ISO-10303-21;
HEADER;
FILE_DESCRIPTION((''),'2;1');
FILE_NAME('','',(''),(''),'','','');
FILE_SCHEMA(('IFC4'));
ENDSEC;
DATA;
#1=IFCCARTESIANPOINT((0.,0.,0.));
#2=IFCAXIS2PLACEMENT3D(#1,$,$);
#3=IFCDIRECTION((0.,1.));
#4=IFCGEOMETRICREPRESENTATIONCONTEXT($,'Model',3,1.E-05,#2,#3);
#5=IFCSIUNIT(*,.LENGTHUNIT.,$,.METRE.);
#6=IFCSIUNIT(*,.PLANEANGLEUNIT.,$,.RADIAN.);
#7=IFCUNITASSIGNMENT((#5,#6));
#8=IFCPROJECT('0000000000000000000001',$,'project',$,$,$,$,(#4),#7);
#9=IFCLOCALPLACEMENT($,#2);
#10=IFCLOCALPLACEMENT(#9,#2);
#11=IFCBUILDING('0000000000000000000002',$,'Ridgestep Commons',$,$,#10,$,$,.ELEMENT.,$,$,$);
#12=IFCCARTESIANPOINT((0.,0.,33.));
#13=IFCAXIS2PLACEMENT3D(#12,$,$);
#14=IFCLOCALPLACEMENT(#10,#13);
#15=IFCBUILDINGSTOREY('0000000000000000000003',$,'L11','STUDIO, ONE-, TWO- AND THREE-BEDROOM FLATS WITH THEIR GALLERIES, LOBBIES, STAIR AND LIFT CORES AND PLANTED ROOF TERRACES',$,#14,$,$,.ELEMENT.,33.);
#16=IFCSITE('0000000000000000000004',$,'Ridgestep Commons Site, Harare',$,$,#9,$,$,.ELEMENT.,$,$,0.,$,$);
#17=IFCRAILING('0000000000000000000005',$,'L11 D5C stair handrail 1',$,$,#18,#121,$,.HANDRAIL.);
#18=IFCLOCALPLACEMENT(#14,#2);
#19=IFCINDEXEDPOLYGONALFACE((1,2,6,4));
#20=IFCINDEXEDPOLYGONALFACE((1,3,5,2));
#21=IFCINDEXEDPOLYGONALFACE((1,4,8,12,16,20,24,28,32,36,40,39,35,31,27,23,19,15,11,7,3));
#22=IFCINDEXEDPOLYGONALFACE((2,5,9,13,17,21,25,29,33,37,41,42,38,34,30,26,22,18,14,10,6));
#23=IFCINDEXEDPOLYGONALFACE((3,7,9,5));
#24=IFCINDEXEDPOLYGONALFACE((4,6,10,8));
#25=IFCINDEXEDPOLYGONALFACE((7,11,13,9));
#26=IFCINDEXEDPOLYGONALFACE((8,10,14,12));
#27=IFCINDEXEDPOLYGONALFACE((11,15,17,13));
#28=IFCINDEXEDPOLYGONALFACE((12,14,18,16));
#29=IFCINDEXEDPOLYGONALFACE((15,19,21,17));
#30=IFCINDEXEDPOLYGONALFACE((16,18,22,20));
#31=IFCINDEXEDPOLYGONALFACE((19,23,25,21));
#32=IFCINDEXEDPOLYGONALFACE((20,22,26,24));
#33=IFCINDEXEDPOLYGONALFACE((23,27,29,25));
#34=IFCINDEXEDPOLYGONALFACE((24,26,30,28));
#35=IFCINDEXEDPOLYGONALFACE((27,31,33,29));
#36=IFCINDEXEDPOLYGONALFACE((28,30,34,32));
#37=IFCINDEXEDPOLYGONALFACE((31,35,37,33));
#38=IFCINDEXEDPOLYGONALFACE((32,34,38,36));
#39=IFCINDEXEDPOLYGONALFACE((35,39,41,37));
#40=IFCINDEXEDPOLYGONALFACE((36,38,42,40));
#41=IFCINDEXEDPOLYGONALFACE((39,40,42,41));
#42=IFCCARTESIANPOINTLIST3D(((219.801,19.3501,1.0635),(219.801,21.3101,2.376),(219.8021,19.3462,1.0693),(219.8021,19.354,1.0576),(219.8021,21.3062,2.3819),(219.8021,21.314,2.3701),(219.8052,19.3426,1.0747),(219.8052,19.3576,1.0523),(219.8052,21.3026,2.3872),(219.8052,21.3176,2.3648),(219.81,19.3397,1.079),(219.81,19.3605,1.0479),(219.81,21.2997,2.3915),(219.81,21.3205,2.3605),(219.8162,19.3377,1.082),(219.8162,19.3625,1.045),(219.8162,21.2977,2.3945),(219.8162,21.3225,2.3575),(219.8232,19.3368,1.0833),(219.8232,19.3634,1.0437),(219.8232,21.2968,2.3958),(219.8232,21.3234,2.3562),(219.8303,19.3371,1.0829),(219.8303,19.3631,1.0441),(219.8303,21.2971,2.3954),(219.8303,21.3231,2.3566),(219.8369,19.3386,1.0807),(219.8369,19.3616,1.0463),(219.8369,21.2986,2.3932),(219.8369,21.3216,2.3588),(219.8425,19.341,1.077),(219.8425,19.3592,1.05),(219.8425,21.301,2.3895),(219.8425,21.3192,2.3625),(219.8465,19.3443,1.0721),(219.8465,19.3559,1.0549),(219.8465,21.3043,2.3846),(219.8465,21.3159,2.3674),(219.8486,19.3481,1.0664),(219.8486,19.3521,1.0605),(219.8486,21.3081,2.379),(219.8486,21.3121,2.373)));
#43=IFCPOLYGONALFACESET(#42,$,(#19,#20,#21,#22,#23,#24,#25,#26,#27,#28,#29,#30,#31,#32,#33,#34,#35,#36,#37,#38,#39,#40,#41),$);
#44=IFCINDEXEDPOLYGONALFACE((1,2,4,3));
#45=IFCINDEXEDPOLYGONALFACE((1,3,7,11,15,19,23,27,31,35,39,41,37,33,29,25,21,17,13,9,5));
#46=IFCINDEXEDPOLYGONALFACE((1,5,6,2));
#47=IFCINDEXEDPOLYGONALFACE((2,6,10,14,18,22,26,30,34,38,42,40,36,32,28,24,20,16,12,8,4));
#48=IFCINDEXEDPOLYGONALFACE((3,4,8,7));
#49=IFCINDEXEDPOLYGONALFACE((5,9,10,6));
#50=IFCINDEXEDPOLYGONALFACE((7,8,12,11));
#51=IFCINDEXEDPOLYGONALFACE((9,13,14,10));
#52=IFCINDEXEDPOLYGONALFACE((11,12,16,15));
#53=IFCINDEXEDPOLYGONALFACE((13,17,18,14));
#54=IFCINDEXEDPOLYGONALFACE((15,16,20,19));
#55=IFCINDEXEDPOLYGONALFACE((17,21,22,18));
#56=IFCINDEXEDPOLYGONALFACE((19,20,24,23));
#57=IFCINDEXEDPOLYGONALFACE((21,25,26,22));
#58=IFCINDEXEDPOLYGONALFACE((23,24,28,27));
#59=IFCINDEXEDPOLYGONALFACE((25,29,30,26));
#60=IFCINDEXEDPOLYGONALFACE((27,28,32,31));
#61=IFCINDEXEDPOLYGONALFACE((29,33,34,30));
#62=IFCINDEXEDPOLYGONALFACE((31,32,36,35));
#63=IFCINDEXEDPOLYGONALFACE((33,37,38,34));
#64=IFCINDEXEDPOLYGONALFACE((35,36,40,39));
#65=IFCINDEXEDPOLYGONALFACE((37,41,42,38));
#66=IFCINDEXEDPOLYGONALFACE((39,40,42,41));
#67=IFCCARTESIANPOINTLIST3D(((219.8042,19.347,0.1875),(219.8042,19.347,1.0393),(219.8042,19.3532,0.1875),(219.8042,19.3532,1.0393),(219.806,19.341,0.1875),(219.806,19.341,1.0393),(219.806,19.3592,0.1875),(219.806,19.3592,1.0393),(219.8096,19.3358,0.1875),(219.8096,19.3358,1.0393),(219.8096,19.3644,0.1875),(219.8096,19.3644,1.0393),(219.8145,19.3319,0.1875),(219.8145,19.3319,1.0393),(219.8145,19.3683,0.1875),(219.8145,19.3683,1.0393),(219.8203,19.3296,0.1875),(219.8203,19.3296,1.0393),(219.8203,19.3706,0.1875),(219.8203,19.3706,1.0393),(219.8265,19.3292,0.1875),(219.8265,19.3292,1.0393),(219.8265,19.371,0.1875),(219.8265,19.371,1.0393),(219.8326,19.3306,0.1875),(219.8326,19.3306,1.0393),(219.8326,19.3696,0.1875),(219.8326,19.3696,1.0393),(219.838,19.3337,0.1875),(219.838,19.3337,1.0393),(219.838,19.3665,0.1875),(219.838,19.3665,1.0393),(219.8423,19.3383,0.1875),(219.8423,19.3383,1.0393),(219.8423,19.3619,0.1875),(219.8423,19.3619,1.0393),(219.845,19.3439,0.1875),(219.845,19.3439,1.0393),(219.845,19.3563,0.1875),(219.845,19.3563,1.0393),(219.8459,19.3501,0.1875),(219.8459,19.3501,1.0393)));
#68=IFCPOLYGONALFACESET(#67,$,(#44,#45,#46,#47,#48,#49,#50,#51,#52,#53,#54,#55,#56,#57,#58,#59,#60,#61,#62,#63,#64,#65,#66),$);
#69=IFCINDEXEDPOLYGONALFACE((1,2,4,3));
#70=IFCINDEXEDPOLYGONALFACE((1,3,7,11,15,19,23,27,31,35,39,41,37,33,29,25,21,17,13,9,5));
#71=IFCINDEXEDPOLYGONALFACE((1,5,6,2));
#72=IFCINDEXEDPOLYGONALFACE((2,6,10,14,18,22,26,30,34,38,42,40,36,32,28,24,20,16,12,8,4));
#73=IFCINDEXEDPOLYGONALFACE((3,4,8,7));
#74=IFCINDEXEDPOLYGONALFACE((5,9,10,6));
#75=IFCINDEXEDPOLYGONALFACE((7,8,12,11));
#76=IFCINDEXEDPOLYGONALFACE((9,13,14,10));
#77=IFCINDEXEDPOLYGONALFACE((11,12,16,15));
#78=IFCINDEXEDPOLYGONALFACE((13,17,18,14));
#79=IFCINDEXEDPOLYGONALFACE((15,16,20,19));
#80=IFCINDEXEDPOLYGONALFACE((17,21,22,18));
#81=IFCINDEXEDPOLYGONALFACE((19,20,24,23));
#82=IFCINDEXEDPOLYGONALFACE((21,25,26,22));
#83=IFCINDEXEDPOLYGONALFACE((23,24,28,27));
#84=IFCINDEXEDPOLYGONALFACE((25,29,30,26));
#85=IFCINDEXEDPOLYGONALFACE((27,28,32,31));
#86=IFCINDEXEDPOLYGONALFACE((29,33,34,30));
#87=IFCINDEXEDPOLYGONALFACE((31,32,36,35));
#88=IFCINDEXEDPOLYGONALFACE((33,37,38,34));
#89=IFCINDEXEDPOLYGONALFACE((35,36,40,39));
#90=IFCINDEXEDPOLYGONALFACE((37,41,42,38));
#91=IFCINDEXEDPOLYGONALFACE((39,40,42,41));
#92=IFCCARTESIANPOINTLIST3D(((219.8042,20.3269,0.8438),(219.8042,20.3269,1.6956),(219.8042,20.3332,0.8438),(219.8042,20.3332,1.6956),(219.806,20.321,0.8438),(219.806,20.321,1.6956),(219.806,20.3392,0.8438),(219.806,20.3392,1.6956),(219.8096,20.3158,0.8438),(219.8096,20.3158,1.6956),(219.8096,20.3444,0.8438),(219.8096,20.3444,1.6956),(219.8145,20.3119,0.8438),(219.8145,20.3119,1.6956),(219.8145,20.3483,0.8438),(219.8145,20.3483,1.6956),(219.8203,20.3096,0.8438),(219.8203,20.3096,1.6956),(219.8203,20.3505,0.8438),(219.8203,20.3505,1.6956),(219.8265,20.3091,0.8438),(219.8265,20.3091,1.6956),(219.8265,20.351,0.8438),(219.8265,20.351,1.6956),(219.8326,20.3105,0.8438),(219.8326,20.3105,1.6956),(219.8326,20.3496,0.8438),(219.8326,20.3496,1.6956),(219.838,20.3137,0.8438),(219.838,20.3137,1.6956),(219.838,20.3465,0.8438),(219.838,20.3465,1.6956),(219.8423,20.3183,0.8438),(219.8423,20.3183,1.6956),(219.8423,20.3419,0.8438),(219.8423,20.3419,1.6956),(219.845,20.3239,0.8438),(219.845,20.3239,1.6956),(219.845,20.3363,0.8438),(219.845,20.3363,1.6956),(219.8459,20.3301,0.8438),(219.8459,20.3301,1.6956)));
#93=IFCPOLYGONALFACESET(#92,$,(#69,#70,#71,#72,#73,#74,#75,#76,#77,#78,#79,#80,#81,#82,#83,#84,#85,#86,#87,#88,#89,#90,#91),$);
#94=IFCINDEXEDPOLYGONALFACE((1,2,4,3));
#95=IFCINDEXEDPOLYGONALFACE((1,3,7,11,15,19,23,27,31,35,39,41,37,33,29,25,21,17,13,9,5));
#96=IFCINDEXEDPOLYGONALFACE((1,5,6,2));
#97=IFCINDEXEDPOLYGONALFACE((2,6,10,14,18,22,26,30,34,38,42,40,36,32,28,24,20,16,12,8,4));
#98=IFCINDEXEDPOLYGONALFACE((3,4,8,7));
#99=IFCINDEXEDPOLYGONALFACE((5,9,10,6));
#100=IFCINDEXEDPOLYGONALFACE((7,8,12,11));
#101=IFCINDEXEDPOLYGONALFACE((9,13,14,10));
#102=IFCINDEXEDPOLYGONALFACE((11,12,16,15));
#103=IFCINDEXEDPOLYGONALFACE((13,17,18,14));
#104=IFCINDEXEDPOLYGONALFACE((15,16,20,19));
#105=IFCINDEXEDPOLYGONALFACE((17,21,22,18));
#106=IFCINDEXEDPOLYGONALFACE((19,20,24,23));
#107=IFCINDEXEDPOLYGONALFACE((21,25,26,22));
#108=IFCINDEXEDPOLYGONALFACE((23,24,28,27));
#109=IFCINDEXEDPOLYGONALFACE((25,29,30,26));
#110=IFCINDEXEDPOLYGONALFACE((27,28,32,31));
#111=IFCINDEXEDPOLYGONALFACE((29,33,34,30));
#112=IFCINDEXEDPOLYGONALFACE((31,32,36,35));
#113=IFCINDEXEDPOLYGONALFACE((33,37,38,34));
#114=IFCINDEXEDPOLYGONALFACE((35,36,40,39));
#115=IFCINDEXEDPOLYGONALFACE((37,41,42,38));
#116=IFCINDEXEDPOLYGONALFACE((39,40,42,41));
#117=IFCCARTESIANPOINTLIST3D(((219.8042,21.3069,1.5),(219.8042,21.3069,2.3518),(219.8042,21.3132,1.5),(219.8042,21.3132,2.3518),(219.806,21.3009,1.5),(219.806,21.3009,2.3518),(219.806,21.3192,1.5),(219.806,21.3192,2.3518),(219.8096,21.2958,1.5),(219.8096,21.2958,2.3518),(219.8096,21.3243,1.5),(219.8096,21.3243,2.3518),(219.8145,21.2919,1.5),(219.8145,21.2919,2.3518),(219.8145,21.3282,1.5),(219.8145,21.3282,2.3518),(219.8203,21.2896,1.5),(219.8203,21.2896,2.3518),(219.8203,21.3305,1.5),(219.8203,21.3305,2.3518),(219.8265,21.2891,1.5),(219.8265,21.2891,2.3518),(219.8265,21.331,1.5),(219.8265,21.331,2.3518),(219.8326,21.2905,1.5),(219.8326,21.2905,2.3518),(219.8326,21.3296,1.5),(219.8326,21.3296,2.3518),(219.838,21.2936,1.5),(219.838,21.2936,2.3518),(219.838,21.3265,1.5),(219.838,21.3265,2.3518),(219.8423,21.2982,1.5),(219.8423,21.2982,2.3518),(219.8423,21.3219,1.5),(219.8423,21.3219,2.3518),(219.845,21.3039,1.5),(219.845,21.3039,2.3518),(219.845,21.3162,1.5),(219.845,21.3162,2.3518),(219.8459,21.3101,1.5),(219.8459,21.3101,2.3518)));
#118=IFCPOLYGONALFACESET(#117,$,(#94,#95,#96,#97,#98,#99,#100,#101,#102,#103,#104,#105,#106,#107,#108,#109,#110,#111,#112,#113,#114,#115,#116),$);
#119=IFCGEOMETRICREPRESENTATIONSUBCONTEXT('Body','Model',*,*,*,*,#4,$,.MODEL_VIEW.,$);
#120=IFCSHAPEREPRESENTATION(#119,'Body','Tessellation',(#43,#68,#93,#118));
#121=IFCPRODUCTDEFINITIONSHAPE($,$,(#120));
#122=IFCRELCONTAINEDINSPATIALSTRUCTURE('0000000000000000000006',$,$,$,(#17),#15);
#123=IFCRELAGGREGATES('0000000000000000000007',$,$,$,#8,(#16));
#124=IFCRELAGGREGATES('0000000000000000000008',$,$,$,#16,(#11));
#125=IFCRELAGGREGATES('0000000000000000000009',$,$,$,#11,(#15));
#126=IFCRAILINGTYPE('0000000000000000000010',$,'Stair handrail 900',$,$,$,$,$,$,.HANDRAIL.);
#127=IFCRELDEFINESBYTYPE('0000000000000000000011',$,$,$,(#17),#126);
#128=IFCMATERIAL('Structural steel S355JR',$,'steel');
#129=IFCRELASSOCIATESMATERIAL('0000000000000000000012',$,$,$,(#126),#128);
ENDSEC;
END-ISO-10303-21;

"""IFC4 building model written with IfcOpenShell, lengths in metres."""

from ifc_helpers import new_model, si_unit, direction, frame, origin, origin_2d, place, context, subcontext, project, spatial, circle, extrude, material, type_object, element, save


model = new_model("IFC4")

# Units and contexts
model_context = context("Model", 3, precision=1e-05, world=origin(), true_north=direction((0.0, 1.0)))
body_context = subcontext(model_context, "Body", "Model", "MODEL_VIEW")
ifc_project = project(units=[si_unit("LENGTHUNIT", "METRE"), si_unit("PLANEANGLEUNIT", "RADIAN")], contexts=[model_context])

# Site, building, storey
site_placement = place(None, origin())
site = spatial("IfcSite", under=ifc_project, at=site_placement, Name="Ridgestep Commons Site, Harare", CompositionType="ELEMENT", RefElevation=0.0)
building_placement = place(site_placement, origin())
building = spatial("IfcBuilding", under=site, at=building_placement, Name="Ridgestep Commons", CompositionType="ELEMENT")
storey_placement = place(building_placement, frame((0.0, 0.0, 33.0)))
storey = spatial("IfcBuildingStorey", under=building, at=storey_placement, Name="L11", Description="STUDIO, ONE-, TWO- AND THREE-BEDROOM FLATS WITH THEIR GALLERIES, LOBBIES, STAIR AND LIFT CORES AND PLANTED ROOF TERRACES", CompositionType="ELEMENT", Elevation=33.0)

# Railing
ifc_material_1 = material(Name="Structural steel S355JR", Category="steel")
railing_type_1 = type_object("IfcRailingType", Name="Stair handrail 900", PredefinedType="HANDRAIL", material=ifc_material_1)
railing_1_placement = place(storey_placement, frame((219.825, 19.3501, 0.1875)))
element("IfcRailing", 1, at=railing_1_placement, inside=storey, type_object=railing_type_1, Name="L11 D5C stair handrail 1", PredefinedType="HANDRAIL", context=body_context, shape_type="SweptSolid", body=[
    extrude(circle(Radius=0.0239, at=origin_2d()), frame((0.0, 0.0, 0.876), z_axis=(0.0, 0.830902, 0.556419), x_axis=(-1.0, 0.0, 0.0)), (0.0, 0.0, 1.0), 2.3589),
    extrude(circle(Radius=0.021, at=origin_2d()), origin(), (0.0, 0.0, 1.0), 0.8518),
    extrude(circle(Radius=0.021, at=origin_2d()), frame((0.0, 0.98, 0.6562)), (0.0, 0.0, 1.0), 0.8518),
    extrude(circle(Radius=0.021, at=origin_2d()), frame((0.0, 1.96, 1.3125)), (0.0, 0.0, 1.0), 0.8518),
])

save(model, "model.ifc")
